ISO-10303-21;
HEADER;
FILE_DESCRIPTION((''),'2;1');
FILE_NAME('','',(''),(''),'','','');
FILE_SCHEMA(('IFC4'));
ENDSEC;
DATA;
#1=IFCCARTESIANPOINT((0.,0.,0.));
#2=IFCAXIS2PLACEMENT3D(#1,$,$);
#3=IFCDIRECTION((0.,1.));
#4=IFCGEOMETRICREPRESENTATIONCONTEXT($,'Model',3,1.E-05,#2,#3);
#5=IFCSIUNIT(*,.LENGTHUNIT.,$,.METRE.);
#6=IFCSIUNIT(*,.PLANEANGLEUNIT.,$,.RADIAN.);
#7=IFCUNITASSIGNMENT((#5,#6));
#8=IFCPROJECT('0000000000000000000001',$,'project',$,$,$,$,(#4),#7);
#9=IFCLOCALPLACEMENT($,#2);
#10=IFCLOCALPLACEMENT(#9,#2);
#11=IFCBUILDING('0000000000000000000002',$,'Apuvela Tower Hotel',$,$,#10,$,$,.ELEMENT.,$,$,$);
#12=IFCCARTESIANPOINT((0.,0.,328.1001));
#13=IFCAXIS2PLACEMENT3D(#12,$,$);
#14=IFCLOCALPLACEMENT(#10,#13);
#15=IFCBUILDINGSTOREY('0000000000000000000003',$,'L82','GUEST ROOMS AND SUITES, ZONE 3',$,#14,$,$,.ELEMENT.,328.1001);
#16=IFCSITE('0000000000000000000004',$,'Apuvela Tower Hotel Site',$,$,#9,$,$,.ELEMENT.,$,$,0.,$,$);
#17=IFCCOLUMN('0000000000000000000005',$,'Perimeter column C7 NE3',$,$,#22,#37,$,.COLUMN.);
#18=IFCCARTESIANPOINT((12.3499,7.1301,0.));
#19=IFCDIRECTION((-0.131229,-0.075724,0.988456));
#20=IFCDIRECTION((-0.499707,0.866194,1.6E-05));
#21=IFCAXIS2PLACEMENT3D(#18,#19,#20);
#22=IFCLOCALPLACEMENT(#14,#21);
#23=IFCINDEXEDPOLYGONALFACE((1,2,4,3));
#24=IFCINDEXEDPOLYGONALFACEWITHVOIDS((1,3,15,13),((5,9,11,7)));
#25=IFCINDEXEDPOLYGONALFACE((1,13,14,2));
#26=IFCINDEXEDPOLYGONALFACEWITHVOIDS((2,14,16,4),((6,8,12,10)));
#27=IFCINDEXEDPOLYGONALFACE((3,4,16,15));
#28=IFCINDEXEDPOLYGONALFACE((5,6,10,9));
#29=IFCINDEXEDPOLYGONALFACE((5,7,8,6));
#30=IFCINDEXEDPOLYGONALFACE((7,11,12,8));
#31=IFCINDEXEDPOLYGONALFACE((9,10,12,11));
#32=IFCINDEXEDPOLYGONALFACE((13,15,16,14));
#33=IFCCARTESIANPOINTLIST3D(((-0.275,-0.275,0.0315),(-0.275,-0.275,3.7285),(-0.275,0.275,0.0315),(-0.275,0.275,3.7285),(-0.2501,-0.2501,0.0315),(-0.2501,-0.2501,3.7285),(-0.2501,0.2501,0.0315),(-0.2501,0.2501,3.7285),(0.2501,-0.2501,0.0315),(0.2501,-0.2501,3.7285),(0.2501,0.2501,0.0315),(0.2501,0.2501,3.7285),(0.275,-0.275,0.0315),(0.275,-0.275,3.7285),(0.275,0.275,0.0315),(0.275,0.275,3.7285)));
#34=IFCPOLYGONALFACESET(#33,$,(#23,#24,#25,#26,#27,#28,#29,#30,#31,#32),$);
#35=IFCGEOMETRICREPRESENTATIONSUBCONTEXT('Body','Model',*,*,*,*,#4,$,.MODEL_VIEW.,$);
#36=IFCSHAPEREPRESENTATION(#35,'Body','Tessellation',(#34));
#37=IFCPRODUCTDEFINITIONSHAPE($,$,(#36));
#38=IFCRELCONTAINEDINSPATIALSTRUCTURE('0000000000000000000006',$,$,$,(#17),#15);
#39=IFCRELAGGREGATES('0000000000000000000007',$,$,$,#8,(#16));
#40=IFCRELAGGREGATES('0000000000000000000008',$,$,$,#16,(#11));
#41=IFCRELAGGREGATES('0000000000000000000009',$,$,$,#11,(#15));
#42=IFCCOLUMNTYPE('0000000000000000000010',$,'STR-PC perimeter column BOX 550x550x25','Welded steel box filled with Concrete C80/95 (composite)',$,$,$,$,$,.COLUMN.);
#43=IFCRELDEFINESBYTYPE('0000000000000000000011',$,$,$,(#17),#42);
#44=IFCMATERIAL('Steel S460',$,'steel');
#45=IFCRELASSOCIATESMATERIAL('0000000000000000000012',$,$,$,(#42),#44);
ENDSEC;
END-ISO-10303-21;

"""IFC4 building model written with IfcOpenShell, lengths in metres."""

from ifc_helpers import new_model, si_unit, direction, frame, origin, origin_2d, place, context, subcontext, project, spatial, rectangle, hollow_rectangle, extrude, boolean, halfspace, material, material_profile, profile_set, type_object, element, save


model = new_model("IFC4")

# Units and contexts
model_context = context("Model", 3, precision=1e-05, world=origin(), true_north=direction((0.0, 1.0)))
body_context = subcontext(model_context, "Body", "Model", "MODEL_VIEW")
ifc_project = project(units=[si_unit("LENGTHUNIT", "METRE"), si_unit("PLANEANGLEUNIT", "RADIAN")], contexts=[model_context])

# Site, building, storey
site_placement = place(None, origin())
site = spatial("IfcSite", under=ifc_project, at=site_placement, Name="Apuvela Tower Hotel Site", CompositionType="ELEMENT", RefElevation=0.0)
building_placement = place(site_placement, origin())
building = spatial("IfcBuilding", under=site, at=building_placement, Name="Apuvela Tower Hotel", CompositionType="ELEMENT")
storey_placement = place(building_placement, frame((0.0, 0.0, 328.1001)))
storey = spatial("IfcBuildingStorey", under=building, at=storey_placement, Name="L82", Description="GUEST ROOMS AND SUITES, ZONE 3", CompositionType="ELEMENT", Elevation=328.1001)

# Column
ifc_material_1 = material(Name="Steel S460", Category="steel")
ifc_material_profile_1 = material_profile(ifc_material_1, hollow_rectangle(XDim=0.55, YDim=0.55, WallThickness=0.0249, at=origin_2d()), Name="BOX 550x550x25")
ifc_material_2 = material(Name="Concrete C80/95", Category="concrete")
ifc_material_profile_2 = material_profile(ifc_material_2, rectangle(XDim=0.5, YDim=0.5, at=origin_2d()), Name="Concrete C80/95 infill")
ifc_profile_set_1 = profile_set([ifc_material_profile_1, ifc_material_profile_2], Name="Steel S460")
column_type = type_object("IfcColumnType", Name="STR-PC perimeter column BOX 550x550x25", Description="Welded steel box filled with Concrete C80/95 (composite)", PredefinedType="COLUMN", material=ifc_profile_set_1)
column_1_placement = place(storey_placement, frame((12.3499, 7.1301, 0.0), z_axis=(-0.131229, -0.075724, 0.988456), x_axis=(-0.499707, 0.866194, 0.000016)))
element("IfcColumn", 1, at=column_1_placement, inside=storey, type_object=column_type, Name="Perimeter column C7 NE3", PredefinedType="COLUMN", context=body_context, shape_type="SweptSolid", body=[
    boolean("DIFFERENCE", boolean("DIFFERENCE", extrude(hollow_rectangle(XDim=0.55, YDim=0.55, WallThickness=0.0249, at=origin_2d()), origin(), (0.0, 0.0, 1.0), 3.7432), halfspace(frame((0.0, 0.0, 0.0315), z_axis=(0.0, 0.0, 1.0), x_axis=(1.0, 0.0, 0.0)), True)), halfspace(frame((0.0, 0.0, 3.7285), z_axis=(0.0, 0.0, 1.0), x_axis=(1.0, 0.0, 0.0)), False)),
])

save(model, "model.ifc")
